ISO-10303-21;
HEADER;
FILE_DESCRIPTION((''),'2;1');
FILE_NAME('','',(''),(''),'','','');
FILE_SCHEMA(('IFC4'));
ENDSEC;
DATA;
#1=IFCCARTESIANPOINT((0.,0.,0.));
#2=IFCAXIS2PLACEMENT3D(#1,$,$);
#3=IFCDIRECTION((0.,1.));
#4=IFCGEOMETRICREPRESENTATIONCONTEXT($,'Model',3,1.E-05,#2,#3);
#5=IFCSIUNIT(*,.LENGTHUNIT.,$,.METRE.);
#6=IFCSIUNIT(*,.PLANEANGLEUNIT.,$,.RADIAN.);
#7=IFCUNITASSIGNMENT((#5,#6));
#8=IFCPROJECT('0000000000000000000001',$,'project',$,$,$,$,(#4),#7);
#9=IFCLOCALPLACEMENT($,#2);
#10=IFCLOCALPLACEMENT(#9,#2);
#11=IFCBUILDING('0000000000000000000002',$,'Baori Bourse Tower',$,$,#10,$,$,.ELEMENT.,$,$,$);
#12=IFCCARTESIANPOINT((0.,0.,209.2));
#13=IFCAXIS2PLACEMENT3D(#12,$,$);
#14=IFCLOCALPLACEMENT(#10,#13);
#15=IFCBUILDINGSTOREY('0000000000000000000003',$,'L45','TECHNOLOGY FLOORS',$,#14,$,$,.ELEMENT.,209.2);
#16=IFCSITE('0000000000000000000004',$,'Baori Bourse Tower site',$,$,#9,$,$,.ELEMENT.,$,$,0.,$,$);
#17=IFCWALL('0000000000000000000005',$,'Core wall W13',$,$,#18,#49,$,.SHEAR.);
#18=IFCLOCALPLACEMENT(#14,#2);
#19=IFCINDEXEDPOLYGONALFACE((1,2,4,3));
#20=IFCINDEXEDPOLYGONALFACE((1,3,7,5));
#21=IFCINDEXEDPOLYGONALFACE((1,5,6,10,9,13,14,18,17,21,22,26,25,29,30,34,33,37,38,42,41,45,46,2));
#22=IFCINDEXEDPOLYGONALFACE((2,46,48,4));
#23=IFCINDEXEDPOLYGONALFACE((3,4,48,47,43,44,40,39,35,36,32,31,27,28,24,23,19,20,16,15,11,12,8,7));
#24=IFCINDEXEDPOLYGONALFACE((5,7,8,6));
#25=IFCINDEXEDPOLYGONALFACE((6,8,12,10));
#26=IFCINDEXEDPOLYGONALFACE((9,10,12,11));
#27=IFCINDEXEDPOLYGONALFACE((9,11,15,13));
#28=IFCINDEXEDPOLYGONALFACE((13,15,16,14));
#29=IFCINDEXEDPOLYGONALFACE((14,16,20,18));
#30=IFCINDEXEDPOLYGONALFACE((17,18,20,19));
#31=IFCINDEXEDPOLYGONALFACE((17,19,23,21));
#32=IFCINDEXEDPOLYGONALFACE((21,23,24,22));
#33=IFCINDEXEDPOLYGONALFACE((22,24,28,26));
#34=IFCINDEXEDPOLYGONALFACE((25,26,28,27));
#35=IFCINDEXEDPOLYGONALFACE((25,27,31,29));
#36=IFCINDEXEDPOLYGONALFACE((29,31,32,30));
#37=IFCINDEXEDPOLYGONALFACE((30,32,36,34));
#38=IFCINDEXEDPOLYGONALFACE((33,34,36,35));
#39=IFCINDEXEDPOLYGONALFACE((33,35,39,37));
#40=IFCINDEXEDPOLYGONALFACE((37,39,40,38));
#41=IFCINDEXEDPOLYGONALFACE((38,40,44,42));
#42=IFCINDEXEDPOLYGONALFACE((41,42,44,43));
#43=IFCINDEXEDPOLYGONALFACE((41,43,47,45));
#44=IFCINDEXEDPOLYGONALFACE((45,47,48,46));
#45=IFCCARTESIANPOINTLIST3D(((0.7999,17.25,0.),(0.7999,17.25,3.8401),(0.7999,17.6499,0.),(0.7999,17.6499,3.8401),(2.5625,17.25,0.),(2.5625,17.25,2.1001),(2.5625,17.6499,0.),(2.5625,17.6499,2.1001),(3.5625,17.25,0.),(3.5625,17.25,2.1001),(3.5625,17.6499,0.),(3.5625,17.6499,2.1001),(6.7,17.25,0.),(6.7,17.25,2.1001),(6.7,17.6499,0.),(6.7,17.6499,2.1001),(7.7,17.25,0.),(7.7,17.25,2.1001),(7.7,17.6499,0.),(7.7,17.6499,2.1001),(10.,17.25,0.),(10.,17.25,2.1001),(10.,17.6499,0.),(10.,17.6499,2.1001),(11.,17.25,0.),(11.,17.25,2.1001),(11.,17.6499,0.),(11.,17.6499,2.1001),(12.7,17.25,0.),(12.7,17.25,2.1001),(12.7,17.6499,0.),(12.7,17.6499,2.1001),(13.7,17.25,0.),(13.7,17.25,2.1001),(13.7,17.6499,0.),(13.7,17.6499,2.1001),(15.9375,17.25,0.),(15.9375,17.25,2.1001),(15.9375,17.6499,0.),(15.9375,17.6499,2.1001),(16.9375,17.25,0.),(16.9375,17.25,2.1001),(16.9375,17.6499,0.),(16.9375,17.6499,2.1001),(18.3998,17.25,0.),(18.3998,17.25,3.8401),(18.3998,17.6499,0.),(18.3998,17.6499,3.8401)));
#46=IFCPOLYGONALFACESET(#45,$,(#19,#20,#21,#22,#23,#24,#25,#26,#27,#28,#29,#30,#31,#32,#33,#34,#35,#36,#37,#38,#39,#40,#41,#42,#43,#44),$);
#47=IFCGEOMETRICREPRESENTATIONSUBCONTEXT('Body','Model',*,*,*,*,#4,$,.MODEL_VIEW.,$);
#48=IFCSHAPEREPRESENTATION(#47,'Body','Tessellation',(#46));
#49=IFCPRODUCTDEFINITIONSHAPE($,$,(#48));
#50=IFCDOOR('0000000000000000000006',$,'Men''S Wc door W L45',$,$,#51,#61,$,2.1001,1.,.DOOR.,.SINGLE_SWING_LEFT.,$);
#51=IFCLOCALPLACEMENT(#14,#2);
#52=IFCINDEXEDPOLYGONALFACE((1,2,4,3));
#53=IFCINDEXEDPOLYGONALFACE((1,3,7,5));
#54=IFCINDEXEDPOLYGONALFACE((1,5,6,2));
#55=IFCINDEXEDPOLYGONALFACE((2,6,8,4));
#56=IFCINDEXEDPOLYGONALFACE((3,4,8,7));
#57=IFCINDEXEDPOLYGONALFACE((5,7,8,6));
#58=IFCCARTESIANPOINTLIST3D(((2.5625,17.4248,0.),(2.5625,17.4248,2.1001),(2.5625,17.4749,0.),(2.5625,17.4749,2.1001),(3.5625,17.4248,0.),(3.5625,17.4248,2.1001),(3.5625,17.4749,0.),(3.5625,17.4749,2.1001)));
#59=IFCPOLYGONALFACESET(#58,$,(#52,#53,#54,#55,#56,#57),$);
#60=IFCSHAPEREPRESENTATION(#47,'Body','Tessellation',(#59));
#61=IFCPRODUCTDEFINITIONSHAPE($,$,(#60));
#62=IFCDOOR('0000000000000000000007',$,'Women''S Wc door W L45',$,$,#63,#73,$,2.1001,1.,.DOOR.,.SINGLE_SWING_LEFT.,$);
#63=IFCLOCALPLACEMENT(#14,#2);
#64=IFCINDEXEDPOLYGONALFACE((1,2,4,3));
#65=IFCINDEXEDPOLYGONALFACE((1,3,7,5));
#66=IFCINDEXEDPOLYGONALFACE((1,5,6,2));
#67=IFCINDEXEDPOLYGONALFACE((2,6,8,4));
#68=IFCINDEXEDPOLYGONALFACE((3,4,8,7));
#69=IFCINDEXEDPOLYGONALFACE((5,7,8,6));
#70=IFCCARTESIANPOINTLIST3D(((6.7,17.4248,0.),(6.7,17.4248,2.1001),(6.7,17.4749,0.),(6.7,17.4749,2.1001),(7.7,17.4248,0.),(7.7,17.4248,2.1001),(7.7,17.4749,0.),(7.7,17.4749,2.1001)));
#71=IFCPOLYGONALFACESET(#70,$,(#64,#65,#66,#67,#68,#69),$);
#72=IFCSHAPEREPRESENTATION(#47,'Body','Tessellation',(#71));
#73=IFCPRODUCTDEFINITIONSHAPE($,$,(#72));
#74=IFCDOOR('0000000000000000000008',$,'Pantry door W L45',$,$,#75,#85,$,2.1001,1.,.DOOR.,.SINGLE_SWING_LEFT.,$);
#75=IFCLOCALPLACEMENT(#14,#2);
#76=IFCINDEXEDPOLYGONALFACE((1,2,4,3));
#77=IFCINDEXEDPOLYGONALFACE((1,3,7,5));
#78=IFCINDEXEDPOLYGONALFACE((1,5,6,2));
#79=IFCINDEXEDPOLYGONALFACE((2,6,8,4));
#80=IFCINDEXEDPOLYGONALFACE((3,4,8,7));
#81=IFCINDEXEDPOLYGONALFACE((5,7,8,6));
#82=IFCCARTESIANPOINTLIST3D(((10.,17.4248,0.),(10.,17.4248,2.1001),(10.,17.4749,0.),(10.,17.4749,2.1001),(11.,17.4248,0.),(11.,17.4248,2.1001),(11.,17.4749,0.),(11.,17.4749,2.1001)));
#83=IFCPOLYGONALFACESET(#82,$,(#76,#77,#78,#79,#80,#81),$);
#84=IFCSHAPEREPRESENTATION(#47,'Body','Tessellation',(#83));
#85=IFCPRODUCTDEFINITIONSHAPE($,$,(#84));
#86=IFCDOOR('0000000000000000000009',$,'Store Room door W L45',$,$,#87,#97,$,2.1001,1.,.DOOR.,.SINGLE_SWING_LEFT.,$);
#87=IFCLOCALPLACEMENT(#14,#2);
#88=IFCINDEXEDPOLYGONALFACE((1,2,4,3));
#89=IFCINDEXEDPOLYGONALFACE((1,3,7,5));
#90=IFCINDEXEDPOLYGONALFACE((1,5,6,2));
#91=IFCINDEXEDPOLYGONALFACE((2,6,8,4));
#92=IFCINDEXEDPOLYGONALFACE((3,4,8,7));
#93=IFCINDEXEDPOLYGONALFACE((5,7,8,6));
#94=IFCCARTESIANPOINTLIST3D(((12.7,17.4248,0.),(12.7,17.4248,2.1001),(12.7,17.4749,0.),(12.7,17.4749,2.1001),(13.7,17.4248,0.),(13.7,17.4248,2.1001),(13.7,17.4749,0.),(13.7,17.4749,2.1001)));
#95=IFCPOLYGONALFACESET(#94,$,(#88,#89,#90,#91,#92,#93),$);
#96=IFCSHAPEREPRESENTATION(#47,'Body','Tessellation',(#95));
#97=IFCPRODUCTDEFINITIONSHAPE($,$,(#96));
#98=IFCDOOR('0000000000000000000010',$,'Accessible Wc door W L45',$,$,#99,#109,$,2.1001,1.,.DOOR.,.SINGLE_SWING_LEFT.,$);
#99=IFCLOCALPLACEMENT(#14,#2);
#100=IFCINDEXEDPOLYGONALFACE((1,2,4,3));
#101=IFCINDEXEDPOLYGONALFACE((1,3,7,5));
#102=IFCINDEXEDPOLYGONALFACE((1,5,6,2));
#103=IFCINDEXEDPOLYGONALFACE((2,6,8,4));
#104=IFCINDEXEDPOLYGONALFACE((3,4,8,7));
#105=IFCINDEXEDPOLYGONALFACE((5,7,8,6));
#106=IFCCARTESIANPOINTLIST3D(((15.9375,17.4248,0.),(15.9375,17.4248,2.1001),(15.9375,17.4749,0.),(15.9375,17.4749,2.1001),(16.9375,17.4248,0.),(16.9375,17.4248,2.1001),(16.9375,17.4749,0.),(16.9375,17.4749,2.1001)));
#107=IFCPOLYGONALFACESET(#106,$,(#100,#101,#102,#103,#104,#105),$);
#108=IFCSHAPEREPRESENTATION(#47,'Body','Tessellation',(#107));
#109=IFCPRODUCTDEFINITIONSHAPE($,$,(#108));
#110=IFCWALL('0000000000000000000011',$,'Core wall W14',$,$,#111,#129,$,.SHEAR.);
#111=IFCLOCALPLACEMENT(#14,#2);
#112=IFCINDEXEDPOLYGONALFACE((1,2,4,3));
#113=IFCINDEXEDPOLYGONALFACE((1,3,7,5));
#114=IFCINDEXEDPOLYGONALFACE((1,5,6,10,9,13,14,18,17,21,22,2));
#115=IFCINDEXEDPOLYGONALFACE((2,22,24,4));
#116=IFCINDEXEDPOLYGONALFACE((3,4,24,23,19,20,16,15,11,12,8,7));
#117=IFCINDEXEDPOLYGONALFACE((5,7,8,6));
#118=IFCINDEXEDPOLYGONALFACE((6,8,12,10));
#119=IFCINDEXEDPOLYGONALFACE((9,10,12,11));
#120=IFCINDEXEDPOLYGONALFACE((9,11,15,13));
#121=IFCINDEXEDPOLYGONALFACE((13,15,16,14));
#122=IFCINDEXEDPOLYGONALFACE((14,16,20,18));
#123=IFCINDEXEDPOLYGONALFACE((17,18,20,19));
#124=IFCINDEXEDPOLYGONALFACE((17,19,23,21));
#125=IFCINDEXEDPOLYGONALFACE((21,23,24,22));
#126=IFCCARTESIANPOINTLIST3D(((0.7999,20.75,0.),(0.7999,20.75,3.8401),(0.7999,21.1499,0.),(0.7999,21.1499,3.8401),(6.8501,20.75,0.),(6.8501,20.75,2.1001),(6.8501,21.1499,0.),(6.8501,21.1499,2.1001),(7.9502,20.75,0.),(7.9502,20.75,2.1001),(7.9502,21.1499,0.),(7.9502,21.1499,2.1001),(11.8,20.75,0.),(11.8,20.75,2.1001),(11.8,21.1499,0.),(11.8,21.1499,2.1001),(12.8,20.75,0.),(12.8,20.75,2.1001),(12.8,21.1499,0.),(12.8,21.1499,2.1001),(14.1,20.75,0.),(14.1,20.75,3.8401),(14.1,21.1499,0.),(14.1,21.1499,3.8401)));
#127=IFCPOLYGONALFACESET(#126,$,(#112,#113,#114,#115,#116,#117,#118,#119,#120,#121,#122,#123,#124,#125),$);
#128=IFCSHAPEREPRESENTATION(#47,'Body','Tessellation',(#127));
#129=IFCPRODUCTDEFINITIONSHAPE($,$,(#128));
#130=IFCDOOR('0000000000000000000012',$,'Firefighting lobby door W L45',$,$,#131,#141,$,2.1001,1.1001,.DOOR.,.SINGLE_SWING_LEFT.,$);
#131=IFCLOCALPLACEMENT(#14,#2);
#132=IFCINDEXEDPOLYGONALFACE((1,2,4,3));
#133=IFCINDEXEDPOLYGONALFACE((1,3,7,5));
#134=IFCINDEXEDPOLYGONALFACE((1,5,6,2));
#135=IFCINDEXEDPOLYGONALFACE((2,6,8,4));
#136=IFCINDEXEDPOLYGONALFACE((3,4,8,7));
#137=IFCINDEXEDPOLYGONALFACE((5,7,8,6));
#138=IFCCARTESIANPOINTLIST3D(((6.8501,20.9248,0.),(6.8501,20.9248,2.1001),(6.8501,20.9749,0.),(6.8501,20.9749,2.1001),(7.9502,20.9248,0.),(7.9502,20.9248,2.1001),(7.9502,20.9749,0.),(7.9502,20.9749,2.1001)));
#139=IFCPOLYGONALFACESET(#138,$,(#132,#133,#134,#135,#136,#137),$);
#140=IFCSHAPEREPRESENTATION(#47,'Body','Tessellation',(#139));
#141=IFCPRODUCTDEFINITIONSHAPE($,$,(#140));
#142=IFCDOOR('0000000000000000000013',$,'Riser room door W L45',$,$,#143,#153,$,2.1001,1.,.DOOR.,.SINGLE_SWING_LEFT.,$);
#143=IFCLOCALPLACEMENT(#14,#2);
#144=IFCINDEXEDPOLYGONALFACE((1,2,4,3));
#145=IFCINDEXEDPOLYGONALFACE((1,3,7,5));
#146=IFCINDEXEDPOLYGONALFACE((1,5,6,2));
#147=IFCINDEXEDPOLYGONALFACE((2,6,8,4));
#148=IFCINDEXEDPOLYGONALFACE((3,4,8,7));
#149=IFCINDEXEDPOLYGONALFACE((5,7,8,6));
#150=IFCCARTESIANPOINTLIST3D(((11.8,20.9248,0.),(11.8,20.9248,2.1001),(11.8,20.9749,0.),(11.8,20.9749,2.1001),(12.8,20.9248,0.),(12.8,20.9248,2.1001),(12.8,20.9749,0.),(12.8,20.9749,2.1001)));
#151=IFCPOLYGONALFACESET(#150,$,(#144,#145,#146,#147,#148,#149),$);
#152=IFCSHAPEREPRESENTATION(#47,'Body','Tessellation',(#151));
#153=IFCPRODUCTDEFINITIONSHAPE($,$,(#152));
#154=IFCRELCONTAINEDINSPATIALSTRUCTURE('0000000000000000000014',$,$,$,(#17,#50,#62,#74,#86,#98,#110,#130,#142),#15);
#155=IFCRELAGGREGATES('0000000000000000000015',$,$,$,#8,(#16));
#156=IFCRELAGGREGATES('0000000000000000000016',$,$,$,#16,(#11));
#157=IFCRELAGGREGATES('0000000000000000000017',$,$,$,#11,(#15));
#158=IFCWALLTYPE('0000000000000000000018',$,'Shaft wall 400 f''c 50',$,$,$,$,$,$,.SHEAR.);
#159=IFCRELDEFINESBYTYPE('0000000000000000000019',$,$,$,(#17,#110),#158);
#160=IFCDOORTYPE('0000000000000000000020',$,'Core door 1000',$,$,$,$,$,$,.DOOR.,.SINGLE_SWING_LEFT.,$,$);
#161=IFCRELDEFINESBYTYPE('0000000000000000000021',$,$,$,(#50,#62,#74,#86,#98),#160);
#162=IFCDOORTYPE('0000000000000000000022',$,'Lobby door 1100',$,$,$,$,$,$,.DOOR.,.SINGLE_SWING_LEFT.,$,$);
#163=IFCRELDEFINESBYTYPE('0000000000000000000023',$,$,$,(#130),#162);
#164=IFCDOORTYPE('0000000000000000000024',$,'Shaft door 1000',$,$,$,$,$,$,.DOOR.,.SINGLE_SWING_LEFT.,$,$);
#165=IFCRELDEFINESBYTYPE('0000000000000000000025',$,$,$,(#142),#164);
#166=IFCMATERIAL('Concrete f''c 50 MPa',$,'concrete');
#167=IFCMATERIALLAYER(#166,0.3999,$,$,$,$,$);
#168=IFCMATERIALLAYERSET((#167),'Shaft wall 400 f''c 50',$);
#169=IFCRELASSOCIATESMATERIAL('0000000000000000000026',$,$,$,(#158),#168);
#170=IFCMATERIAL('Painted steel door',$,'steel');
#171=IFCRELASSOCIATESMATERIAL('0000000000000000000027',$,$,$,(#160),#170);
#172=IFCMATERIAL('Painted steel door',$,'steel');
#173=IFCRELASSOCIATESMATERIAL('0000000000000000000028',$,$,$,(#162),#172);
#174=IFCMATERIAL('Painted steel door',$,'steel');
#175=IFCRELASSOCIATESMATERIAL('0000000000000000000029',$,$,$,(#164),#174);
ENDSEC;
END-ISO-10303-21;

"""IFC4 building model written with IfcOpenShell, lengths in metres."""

from ifc_helpers import new_model, si_unit, direction, frame, frame_2d, origin, place, context, subcontext, project, spatial, rectangle, extrude, material, layer, layer_set, type_object, element, fill, save


model = new_model("IFC4")

# Units and contexts
model_context = context("Model", 3, precision=1e-05, world=origin(), true_north=direction((0.0, 1.0)))
body_context = subcontext(model_context, "Body", "Model", "MODEL_VIEW")
ifc_project = project(units=[si_unit("LENGTHUNIT", "METRE"), si_unit("PLANEANGLEUNIT", "RADIAN")], contexts=[model_context])

# Site, building, storey
site_placement = place(None, origin())
site = spatial("IfcSite", under=ifc_project, at=site_placement, Name="Baori Bourse Tower site", CompositionType="ELEMENT", RefElevation=0.0)
building_placement = place(site_placement, origin())
building = spatial("IfcBuilding", under=site, at=building_placement, Name="Baori Bourse Tower", CompositionType="ELEMENT")
storey_placement = place(building_placement, frame((0.0, 0.0, 209.2)))
storey = spatial("IfcBuildingStorey", under=building, at=storey_placement, Name="L45", Description="TECHNOLOGY FLOORS", CompositionType="ELEMENT", Elevation=209.2)

# Shared definitions
ifc_material_1 = material(Name="Concrete f'c 50 MPa", Category="concrete")
ifc_layer_1 = layer(ifc_material_1, 0.3999)
ifc_layer_set_1 = layer_set([ifc_layer_1], Name="Shaft wall 400 f'c 50")
wall_type_1 = type_object("IfcWallType", Name="Shaft wall 400 f'c 50", PredefinedType="SHEAR", material=ifc_layer_set_1)

# Walls, openings, doors
wall_1_placement = place(storey_placement, frame((0.8, 17.45, 0.0), z_axis=(0.0, 0.0, 1.0), x_axis=(1.0, 0.0, 0.0)))
wall_1 = element("IfcWall", 1, at=wall_1_placement, inside=storey, type_object=wall_type_1, Name="Core wall W13", PredefinedType="SHEAR", context=body_context, shape_type="SweptSolid", body=[
    extrude(rectangle(XDim=17.5999, YDim=0.3999, at=frame_2d((8.7998, 0.0))), origin(), (0.0, 0.0, 1.0), 3.8401),
])
opening_1_placement = place(wall_1_placement, frame((1.7625, 0.0, 0.0)))
opening_1 = element("IfcOpeningElement", 2, at=opening_1_placement, cuts=wall_1, PredefinedType="OPENING", context=body_context, shape_type="SweptSolid", body=[
    extrude(rectangle(XDim=1.0, YDim=2.1001, at=frame_2d((0.5, 1.05))), frame((0.0, 0.21, 0.0), z_axis=(0.0, -1.0, 0.0), x_axis=(1.0, 0.0, 0.0)), (0.0, 0.0, 1.0), 0.4199),
])
opening_2_placement = place(wall_1_placement, frame((5.8999, 0.0, 0.0)))
opening_2 = element("IfcOpeningElement", 3, at=opening_2_placement, cuts=wall_1, PredefinedType="OPENING", context=body_context, shape_type="SweptSolid", body=[
    extrude(rectangle(XDim=1.0, YDim=2.1001, at=frame_2d((0.5, 1.05))), frame((0.0, 0.21, 0.0), z_axis=(0.0, -1.0, 0.0), x_axis=(1.0, 0.0, 0.0)), (0.0, 0.0, 1.0), 0.4199),
])
opening_3_placement = place(wall_1_placement, frame((9.2, 0.0, 0.0)))
opening_3 = element("IfcOpeningElement", 4, at=opening_3_placement, cuts=wall_1, PredefinedType="OPENING", context=body_context, shape_type="SweptSolid", body=[
    extrude(rectangle(XDim=1.0, YDim=2.1001, at=frame_2d((0.5, 1.05))), frame((0.0, 0.21, 0.0), z_axis=(0.0, -1.0, 0.0), x_axis=(1.0, 0.0, 0.0)), (0.0, 0.0, 1.0), 0.4199),
])
opening_4_placement = place(wall_1_placement, frame((11.8999, 0.0, 0.0)))
opening_4 = element("IfcOpeningElement", 5, at=opening_4_placement, cuts=wall_1, PredefinedType="OPENING", context=body_context, shape_type="SweptSolid", body=[
    extrude(rectangle(XDim=1.0, YDim=2.1001, at=frame_2d((0.5, 1.05))), frame((0.0, 0.21, 0.0), z_axis=(0.0, -1.0, 0.0), x_axis=(1.0, 0.0, 0.0)), (0.0, 0.0, 1.0), 0.4199),
])
opening_5_placement = place(wall_1_placement, frame((15.1375, 0.0, 0.0)))
opening_5 = element("IfcOpeningElement", 6, at=opening_5_placement, cuts=wall_1, PredefinedType="OPENING", context=body_context, shape_type="SweptSolid", body=[
    extrude(rectangle(XDim=1.0, YDim=2.1001, at=frame_2d((0.5, 1.05))), frame((0.0, 0.21, 0.0), z_axis=(0.0, -1.0, 0.0), x_axis=(1.0, 0.0, 0.0)), (0.0, 0.0, 1.0), 0.4199),
])
ifc_material_2 = material(Name="Painted steel door", Category="steel")
door_type_1 = type_object("IfcDoorType", Name="Core door 1000", OperationType="SINGLE_SWING_LEFT", PredefinedType="DOOR", material=ifc_material_2)
door_1_placement = place(opening_1_placement, origin())
door_1 = element("IfcDoor", 7, at=door_1_placement, inside=storey, type_object=door_type_1, Name="Men'S Wc door W L45", OperationType="SINGLE_SWING_LEFT", OverallHeight=2.1001, OverallWidth=1.0, PredefinedType="DOOR", context=body_context, shape_type="SweptSolid", body=[
    extrude(rectangle(XDim=1.0, YDim=2.1001, at=frame_2d((0.5, 1.05))), frame((0.0, 0.0249, 0.0), z_axis=(0.0, -1.0, 0.0), x_axis=(1.0, 0.0, 0.0)), (0.0, 0.0, 1.0), 0.05),
])
fill(opening_1, door_1)
door_2_placement = place(opening_2_placement, origin())
door_2 = element("IfcDoor", 8, at=door_2_placement, inside=storey, type_object=door_type_1, Name="Women'S Wc door W L45", OperationType="SINGLE_SWING_LEFT", OverallHeight=2.1001, OverallWidth=1.0, PredefinedType="DOOR", context=body_context, shape_type="SweptSolid", body=[
    extrude(rectangle(XDim=1.0, YDim=2.1001, at=frame_2d((0.5, 1.05))), frame((0.0, 0.0249, 0.0), z_axis=(0.0, -1.0, 0.0), x_axis=(1.0, 0.0, 0.0)), (0.0, 0.0, 1.0), 0.05),
])
fill(opening_2, door_2)
door_3_placement = place(opening_3_placement, origin())
door_3 = element("IfcDoor", 9, at=door_3_placement, inside=storey, type_object=door_type_1, Name="Pantry door W L45", OperationType="SINGLE_SWING_LEFT", OverallHeight=2.1001, OverallWidth=1.0, PredefinedType="DOOR", context=body_context, shape_type="SweptSolid", body=[
    extrude(rectangle(XDim=1.0, YDim=2.1001, at=frame_2d((0.5, 1.05))), frame((0.0, 0.0249, 0.0), z_axis=(0.0, -1.0, 0.0), x_axis=(1.0, 0.0, 0.0)), (0.0, 0.0, 1.0), 0.05),
])
fill(opening_3, door_3)
door_4_placement = place(opening_4_placement, origin())
door_4 = element("IfcDoor", 10, at=door_4_placement, inside=storey, type_object=door_type_1, Name="Store Room door W L45", OperationType="SINGLE_SWING_LEFT", OverallHeight=2.1001, OverallWidth=1.0, PredefinedType="DOOR", context=body_context, shape_type="SweptSolid", body=[
    extrude(rectangle(XDim=1.0, YDim=2.1001, at=frame_2d((0.5, 1.05))), frame((0.0, 0.0249, 0.0), z_axis=(0.0, -1.0, 0.0), x_axis=(1.0, 0.0, 0.0)), (0.0, 0.0, 1.0), 0.05),
])
fill(opening_4, door_4)
door_5_placement = place(opening_5_placement, origin())
door_5 = element("IfcDoor", 11, at=door_5_placement, inside=storey, type_object=door_type_1, Name="Accessible Wc door W L45", OperationType="SINGLE_SWING_LEFT", OverallHeight=2.1001, OverallWidth=1.0, PredefinedType="DOOR", context=body_context, shape_type="SweptSolid", body=[
    extrude(rectangle(XDim=1.0, YDim=2.1001, at=frame_2d((0.5, 1.05))), frame((0.0, 0.0249, 0.0), z_axis=(0.0, -1.0, 0.0), x_axis=(1.0, 0.0, 0.0)), (0.0, 0.0, 1.0), 0.05),
])
fill(opening_5, door_5)
wall_2_placement = place(storey_placement, frame((0.8, 20.95, 0.0), z_axis=(0.0, 0.0, 1.0), x_axis=(1.0, 0.0, 0.0)))
wall_2 = element("IfcWall", 12, at=wall_2_placement, inside=storey, type_object=wall_type_1, Name="Core wall W14", PredefinedType="SHEAR", context=body_context, shape_type="SweptSolid", body=[
    extrude(rectangle(XDim=13.3, YDim=0.3999, at=frame_2d((6.6499, 0.0))), origin(), (0.0, 0.0, 1.0), 3.8401),
])
opening_6_placement = place(wall_2_placement, frame((6.05, 0.0, 0.0)))
opening_6 = element("IfcOpeningElement", 13, at=opening_6_placement, cuts=wall_2, PredefinedType="OPENING", context=body_context, shape_type="SweptSolid", body=[
    extrude(rectangle(XDim=1.1001, YDim=2.1001, at=frame_2d((0.55, 1.05))), frame((0.0, 0.21, 0.0), z_axis=(0.0, -1.0, 0.0), x_axis=(1.0, 0.0, 0.0)), (0.0, 0.0, 1.0), 0.4199),
])
opening_7_placement = place(wall_2_placement, frame((11.0, 0.0, 0.0)))
opening_7 = element("IfcOpeningElement", 14, at=opening_7_placement, cuts=wall_2, PredefinedType="OPENING", context=body_context, shape_type="SweptSolid", body=[
    extrude(rectangle(XDim=1.0, YDim=2.1001, at=frame_2d((0.5, 1.05))), frame((0.0, 0.21, 0.0), z_axis=(0.0, -1.0, 0.0), x_axis=(1.0, 0.0, 0.0)), (0.0, 0.0, 1.0), 0.4199),
])
ifc_material_3 = material(Name="Painted steel door", Category="steel")
door_type_2 = type_object("IfcDoorType", Name="Lobby door 1100", OperationType="SINGLE_SWING_LEFT", PredefinedType="DOOR", material=ifc_material_3)
door_6_placement = place(opening_6_placement, origin())
door_6 = element("IfcDoor", 15, at=door_6_placement, inside=storey, type_object=door_type_2, Name="Firefighting lobby door W L45", OperationType="SINGLE_SWING_LEFT", OverallHeight=2.1001, OverallWidth=1.1001, PredefinedType="DOOR", context=body_context, shape_type="SweptSolid", body=[
    extrude(rectangle(XDim=1.1001, YDim=2.1001, at=frame_2d((0.55, 1.05))), frame((0.0, 0.0249, 0.0), z_axis=(0.0, -1.0, 0.0), x_axis=(1.0, 0.0, 0.0)), (0.0, 0.0, 1.0), 0.05),
])
fill(opening_6, door_6)
ifc_material_4 = material(Name="Painted steel door", Category="steel")
door_type_3 = type_object("IfcDoorType", Name="Shaft door 1000", OperationType="SINGLE_SWING_LEFT", PredefinedType="DOOR", material=ifc_material_4)
door_7_placement = place(opening_7_placement, origin())
door_7 = element("IfcDoor", 16, at=door_7_placement, inside=storey, type_object=door_type_3, Name="Riser room door W L45", OperationType="SINGLE_SWING_LEFT", OverallHeight=2.1001, OverallWidth=1.0, PredefinedType="DOOR", context=body_context, shape_type="SweptSolid", body=[
    extrude(rectangle(XDim=1.0, YDim=2.1001, at=frame_2d((0.5, 1.05))), frame((0.0, 0.0249, 0.0), z_axis=(0.0, -1.0, 0.0), x_axis=(1.0, 0.0, 0.0)), (0.0, 0.0, 1.0), 0.05),
])
fill(opening_7, door_7)

save(model, "model.ifc")
